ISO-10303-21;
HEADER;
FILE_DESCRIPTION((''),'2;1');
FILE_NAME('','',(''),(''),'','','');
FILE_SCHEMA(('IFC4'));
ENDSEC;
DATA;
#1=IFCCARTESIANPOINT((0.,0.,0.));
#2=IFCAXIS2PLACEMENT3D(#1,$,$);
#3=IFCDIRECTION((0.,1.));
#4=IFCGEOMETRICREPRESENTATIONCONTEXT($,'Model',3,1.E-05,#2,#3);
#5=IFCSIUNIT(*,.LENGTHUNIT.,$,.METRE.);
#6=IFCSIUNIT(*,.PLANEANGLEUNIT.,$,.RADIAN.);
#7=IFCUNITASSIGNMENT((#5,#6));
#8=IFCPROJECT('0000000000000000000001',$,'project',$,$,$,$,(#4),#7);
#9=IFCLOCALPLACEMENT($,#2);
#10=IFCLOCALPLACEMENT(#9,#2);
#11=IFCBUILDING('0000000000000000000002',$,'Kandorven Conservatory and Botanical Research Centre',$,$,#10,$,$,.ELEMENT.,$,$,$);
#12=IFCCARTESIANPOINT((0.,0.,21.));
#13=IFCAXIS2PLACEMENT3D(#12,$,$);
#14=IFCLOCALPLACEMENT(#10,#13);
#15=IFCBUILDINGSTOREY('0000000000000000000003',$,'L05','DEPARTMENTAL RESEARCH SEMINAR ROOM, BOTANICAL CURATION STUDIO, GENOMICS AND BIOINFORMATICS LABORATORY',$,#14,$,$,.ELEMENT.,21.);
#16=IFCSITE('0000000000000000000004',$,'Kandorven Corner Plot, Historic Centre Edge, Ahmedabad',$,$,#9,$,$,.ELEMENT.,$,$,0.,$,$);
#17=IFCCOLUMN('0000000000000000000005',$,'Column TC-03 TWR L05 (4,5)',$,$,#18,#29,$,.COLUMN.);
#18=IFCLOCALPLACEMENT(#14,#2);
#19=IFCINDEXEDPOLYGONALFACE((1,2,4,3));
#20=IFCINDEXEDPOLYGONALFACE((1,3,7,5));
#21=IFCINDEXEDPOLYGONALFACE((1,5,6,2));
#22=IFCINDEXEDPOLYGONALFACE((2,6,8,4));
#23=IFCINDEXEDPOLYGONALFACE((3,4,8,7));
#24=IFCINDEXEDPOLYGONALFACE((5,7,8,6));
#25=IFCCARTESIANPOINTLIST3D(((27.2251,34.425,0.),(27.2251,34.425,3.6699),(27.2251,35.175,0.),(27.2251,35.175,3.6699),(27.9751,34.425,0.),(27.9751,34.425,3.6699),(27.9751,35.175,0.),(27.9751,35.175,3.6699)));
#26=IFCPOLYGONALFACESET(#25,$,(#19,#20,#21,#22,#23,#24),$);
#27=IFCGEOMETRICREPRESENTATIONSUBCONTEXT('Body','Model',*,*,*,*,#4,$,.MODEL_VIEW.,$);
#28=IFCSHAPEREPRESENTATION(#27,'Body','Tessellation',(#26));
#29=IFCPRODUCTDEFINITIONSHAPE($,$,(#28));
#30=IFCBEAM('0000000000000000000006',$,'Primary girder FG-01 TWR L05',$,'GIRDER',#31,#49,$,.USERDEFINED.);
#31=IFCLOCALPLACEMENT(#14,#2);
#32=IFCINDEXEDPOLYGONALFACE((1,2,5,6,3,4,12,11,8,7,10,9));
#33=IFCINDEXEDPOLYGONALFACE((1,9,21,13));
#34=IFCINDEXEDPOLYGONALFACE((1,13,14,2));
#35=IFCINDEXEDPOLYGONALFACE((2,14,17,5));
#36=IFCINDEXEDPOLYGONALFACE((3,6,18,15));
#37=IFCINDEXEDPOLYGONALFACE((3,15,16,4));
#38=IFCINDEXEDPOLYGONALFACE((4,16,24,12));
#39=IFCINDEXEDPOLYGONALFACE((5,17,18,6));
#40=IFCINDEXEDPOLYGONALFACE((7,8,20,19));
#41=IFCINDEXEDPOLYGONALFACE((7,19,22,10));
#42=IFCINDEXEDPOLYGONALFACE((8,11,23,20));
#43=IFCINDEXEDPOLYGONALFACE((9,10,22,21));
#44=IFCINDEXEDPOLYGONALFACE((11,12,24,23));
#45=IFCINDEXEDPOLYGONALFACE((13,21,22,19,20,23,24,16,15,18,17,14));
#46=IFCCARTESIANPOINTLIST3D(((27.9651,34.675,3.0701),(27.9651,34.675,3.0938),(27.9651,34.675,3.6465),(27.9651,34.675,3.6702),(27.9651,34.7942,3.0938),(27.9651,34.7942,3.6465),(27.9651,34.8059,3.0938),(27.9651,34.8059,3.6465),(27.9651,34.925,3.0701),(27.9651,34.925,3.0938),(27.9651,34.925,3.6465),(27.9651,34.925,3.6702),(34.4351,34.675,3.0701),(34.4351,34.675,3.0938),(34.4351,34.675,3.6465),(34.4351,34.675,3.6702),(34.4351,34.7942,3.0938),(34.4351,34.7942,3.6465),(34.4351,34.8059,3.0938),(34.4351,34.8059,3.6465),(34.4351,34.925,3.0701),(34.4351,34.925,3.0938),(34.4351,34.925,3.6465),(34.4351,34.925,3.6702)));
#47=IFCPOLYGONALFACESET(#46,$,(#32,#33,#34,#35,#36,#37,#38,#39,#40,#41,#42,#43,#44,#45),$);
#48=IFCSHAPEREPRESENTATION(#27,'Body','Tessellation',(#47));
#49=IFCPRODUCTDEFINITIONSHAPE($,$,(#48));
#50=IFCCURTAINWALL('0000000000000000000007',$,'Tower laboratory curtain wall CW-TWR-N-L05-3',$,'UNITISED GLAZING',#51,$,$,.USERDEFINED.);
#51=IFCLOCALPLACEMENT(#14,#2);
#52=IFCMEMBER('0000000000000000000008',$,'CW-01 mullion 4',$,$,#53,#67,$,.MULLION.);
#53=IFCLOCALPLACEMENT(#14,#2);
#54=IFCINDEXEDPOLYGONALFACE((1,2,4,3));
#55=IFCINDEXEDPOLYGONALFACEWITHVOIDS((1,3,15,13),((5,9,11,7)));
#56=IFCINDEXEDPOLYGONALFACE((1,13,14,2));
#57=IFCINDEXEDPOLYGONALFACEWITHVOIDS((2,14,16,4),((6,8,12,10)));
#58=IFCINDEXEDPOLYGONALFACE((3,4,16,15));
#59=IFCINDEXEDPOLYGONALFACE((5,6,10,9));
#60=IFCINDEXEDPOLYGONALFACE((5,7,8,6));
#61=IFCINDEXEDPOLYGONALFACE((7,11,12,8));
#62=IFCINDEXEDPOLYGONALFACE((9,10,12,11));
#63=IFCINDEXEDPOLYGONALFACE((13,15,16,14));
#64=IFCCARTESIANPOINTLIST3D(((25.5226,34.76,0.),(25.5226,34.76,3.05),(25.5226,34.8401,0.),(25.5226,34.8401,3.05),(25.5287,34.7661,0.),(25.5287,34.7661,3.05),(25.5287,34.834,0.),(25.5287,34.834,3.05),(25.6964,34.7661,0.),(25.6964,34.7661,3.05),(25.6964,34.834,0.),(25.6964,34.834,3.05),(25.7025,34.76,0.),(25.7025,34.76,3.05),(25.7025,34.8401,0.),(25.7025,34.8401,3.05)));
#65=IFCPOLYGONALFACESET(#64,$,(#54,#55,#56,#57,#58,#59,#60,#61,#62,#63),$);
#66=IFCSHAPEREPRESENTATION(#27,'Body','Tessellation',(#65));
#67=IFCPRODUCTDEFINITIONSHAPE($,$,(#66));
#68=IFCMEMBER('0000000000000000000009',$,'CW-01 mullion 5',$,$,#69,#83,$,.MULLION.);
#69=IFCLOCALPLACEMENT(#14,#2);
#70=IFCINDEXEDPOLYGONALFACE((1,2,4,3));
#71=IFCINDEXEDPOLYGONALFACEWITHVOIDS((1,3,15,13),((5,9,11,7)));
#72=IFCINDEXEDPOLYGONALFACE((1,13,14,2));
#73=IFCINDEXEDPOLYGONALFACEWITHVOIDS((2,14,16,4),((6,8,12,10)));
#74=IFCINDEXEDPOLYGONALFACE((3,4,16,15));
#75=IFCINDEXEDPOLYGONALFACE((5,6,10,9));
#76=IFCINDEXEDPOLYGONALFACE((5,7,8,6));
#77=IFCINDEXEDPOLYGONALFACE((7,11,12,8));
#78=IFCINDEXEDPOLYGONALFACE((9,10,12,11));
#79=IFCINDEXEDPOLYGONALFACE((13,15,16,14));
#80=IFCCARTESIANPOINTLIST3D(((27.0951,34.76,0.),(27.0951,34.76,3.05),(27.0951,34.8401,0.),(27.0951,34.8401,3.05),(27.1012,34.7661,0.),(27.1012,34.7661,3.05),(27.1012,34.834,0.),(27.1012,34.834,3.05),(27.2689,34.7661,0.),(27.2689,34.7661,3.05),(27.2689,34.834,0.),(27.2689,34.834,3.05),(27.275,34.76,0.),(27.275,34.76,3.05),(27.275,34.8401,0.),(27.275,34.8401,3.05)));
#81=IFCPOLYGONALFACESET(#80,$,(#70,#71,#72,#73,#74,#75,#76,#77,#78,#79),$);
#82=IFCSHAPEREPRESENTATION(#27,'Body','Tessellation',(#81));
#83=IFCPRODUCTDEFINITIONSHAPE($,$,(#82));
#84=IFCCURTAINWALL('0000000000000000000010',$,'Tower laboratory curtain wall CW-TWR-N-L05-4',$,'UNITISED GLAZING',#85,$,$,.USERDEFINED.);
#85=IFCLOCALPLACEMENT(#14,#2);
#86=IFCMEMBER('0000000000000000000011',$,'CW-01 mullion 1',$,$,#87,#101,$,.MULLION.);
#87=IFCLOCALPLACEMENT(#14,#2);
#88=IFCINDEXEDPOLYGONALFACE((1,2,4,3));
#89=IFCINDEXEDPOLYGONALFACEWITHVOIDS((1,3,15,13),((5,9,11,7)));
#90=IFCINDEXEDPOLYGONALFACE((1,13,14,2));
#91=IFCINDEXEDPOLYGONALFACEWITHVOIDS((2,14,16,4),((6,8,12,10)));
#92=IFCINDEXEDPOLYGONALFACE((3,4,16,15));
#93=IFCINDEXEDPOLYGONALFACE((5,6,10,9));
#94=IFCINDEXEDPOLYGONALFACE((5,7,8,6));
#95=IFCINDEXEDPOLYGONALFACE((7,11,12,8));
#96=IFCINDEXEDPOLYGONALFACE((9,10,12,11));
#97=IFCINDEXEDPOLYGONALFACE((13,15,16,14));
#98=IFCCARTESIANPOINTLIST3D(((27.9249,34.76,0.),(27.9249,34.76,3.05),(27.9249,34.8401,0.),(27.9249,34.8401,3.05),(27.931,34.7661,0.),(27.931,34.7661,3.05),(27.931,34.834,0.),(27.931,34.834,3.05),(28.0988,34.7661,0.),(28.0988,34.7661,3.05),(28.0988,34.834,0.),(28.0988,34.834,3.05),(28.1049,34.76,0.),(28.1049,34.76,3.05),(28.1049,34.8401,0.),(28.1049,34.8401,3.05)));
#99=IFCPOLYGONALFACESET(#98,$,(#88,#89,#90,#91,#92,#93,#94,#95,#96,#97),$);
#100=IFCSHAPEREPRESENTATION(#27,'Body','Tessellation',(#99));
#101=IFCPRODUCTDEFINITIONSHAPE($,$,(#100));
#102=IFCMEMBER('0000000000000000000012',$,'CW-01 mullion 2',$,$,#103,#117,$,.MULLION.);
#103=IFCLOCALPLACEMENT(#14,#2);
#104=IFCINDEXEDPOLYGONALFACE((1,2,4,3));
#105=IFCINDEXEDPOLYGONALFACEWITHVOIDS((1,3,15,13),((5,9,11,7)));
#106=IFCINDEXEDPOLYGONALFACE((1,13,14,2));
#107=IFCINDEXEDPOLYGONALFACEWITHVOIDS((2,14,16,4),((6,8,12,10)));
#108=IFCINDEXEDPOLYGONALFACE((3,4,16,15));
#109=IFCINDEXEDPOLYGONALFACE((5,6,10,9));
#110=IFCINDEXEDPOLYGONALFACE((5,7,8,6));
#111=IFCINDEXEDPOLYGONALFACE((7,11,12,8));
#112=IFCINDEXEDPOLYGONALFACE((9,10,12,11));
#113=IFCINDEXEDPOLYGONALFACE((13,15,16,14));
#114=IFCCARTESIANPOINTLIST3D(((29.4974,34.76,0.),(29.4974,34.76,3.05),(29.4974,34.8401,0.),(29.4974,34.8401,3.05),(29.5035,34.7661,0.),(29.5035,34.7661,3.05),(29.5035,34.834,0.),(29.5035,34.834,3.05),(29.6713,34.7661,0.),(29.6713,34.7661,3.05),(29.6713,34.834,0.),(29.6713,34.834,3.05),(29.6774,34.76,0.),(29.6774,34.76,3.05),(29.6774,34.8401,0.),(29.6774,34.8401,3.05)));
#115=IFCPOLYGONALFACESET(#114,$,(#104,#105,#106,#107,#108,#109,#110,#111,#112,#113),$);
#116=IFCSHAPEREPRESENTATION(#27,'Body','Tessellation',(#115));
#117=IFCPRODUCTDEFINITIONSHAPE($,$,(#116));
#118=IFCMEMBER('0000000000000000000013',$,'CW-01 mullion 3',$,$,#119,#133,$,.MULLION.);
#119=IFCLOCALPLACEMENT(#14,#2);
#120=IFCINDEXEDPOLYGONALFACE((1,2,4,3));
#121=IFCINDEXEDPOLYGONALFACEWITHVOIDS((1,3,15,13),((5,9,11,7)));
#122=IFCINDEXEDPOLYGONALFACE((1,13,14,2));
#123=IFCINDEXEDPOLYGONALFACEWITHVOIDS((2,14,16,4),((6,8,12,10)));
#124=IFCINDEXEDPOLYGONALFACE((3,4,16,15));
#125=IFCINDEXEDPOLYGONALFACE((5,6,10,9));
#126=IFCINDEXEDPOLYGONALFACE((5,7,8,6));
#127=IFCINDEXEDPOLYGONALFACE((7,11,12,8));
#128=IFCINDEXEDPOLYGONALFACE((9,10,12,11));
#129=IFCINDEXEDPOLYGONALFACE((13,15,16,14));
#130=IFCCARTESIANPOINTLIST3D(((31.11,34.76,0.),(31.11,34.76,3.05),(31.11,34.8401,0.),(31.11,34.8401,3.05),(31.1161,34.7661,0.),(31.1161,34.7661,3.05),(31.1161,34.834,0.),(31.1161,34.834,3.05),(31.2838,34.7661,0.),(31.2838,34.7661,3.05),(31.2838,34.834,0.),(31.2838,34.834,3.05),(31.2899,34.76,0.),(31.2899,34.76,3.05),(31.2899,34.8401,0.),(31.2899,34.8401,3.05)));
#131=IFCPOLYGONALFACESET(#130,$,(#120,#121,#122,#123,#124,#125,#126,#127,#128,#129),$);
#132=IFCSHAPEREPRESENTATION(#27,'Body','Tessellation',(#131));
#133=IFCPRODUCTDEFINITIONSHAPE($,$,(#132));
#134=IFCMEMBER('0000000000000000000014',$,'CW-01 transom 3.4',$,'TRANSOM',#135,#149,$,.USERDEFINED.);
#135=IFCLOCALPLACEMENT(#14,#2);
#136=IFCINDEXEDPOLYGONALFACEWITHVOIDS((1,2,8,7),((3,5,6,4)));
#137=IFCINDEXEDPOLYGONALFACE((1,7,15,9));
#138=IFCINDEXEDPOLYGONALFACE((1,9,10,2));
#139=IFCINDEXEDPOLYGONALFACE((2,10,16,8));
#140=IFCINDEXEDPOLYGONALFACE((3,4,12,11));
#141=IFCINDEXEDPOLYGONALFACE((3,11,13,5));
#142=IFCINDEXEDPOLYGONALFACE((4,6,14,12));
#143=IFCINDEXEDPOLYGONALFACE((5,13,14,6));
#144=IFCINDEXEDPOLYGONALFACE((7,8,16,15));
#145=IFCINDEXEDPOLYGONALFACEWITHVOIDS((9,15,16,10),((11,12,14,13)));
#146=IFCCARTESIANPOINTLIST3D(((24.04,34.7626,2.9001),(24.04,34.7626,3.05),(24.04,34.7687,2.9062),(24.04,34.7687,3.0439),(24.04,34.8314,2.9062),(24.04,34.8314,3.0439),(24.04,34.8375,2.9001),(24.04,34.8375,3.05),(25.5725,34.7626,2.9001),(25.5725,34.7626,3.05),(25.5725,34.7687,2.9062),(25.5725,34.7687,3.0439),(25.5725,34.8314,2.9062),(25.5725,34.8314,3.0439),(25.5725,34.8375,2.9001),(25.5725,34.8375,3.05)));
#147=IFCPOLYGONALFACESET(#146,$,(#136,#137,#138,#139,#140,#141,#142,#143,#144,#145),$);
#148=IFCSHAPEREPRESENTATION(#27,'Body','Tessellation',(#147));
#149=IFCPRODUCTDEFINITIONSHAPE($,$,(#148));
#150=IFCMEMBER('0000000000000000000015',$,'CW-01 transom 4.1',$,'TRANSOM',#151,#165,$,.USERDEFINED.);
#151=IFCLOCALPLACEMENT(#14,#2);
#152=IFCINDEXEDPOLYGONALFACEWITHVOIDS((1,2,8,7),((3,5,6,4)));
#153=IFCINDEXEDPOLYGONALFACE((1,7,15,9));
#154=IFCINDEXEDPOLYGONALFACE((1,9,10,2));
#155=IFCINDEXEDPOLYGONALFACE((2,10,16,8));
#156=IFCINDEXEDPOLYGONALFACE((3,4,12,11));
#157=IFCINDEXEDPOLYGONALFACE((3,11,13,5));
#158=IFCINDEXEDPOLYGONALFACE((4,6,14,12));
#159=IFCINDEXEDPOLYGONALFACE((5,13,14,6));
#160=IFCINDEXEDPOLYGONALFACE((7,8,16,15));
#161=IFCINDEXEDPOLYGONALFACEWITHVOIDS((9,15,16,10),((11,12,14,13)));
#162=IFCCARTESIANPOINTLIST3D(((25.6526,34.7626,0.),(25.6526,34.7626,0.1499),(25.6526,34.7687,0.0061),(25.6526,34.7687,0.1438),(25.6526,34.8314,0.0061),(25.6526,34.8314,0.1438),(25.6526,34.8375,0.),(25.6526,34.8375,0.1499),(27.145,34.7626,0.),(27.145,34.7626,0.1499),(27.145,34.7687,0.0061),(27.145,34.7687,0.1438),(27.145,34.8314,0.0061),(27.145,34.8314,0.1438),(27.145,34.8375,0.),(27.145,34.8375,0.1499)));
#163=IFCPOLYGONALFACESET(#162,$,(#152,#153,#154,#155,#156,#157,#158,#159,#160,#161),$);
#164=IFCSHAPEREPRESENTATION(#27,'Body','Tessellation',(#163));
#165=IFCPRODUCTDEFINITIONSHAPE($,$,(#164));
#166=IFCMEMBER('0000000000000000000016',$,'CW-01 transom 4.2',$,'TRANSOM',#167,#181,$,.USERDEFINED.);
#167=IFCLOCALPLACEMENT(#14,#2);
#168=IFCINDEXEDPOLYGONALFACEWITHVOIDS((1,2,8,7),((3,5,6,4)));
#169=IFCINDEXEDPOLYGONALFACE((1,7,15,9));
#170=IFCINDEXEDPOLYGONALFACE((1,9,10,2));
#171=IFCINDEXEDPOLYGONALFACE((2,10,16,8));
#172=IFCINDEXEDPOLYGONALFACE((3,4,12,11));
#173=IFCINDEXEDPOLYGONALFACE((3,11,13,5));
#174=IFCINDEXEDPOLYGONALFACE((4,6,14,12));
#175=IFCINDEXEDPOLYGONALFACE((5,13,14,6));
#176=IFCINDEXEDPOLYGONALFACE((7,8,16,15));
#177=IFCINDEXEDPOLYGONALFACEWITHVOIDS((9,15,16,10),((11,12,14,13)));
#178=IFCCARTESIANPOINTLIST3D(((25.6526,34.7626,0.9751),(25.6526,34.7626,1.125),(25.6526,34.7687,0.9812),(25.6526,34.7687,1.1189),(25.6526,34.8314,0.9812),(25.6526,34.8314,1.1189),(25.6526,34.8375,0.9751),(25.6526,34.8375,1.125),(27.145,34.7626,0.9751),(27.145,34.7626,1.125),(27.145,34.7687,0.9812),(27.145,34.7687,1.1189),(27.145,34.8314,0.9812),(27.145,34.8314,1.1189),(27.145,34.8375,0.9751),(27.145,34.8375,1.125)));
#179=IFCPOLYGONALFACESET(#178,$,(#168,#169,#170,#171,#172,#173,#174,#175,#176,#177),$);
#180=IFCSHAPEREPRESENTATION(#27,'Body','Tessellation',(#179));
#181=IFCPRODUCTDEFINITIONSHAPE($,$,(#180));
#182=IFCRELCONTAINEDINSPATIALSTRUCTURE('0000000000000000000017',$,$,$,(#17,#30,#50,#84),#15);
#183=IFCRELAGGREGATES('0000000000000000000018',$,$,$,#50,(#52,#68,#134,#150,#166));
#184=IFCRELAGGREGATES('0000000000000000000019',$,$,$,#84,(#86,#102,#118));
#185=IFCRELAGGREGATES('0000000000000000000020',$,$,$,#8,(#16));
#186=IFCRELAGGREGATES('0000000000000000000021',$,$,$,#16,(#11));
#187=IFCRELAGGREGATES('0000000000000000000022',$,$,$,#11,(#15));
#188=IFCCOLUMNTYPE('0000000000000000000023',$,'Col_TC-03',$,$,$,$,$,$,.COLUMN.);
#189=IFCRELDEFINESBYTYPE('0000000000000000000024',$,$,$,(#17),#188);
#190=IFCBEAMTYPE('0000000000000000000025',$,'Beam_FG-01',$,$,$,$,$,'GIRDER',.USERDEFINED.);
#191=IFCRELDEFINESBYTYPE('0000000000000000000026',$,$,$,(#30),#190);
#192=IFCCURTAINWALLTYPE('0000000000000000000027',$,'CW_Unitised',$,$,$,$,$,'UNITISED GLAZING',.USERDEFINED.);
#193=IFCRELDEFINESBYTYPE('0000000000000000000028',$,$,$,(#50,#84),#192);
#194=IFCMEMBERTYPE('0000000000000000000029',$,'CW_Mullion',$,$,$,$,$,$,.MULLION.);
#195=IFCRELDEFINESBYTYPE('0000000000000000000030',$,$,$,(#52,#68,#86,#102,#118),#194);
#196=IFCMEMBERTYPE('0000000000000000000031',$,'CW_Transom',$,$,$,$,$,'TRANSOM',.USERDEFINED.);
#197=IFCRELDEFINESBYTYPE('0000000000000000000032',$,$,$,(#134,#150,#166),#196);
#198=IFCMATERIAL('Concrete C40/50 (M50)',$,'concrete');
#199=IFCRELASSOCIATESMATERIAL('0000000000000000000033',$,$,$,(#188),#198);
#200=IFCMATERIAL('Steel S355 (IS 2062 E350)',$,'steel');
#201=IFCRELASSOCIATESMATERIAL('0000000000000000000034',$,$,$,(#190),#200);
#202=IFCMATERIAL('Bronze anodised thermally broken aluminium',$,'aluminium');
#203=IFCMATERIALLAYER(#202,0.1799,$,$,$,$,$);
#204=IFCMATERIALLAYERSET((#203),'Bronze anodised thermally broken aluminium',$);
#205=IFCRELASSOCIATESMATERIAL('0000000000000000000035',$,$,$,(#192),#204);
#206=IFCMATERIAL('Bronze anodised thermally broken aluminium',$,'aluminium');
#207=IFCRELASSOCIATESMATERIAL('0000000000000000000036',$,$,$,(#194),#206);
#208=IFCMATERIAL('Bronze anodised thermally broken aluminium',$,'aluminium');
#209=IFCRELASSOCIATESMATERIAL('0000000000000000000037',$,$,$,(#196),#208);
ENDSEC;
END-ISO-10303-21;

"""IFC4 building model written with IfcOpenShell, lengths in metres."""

from ifc_helpers import new_model, si_unit, direction, frame, origin, origin_2d, place, context, subcontext, project, spatial, rectangle, hollow_rectangle, i_section, extrude, material, layer, layer_set, material_profile, profile_set, type_object, element, aggregate, save


model = new_model("IFC4")

# Units and contexts
model_context = context("Model", 3, precision=1e-05, world=origin(), true_north=direction((0.0, 1.0)))
body_context = subcontext(model_context, "Body", "Model", "MODEL_VIEW")
ifc_project = project(units=[si_unit("LENGTHUNIT", "METRE"), si_unit("PLANEANGLEUNIT", "RADIAN")], contexts=[model_context])

# Site, building, storey
site_placement = place(None, origin())
site = spatial("IfcSite", under=ifc_project, at=site_placement, Name="Kandorven Corner Plot, Historic Centre Edge, Ahmedabad", CompositionType="ELEMENT", RefElevation=0.0)
building_placement = place(site_placement, origin())
building = spatial("IfcBuilding", under=site, at=building_placement, Name="Kandorven Conservatory and Botanical Research Centre", CompositionType="ELEMENT")
storey_placement = place(building_placement, frame((0.0, 0.0, 21.0)))
storey = spatial("IfcBuildingStorey", under=building, at=storey_placement, Name="L05", Description="DEPARTMENTAL RESEARCH SEMINAR ROOM, BOTANICAL CURATION STUDIO, GENOMICS AND BIOINFORMATICS LABORATORY", CompositionType="ELEMENT", Elevation=21.0)

# Column
ifc_material_1 = material(Name="Concrete C40/50 (M50)", Category="concrete")
ifc_material_profile_1 = material_profile(ifc_material_1, rectangle(XDim=0.75, YDim=0.75, at=origin_2d()))
ifc_profile_set_1 = profile_set([ifc_material_profile_1], Name="Concrete C40/50 (M50)")
column_type = type_object("IfcColumnType", Name="Col_TC-03", PredefinedType="COLUMN", material=ifc_profile_set_1)
column_placement = place(storey_placement, frame((27.6001, 34.8, 0.0), z_axis=(0.0, 0.0, 1.0), x_axis=(1.0, 0.0, 0.0)))
element("IfcColumn", 1, at=column_placement, inside=storey, type_object=column_type, Name="Column TC-03 TWR L05 (4,5)", PredefinedType="COLUMN", context=body_context, shape_type="SweptSolid", body=[
    extrude(rectangle(XDim=0.75, YDim=0.75, at=origin_2d()), origin(), (0.0, 0.0, 1.0), 3.6699),
])

# Beam
ifc_material_2 = material(Name="Steel S355 (IS 2062 E350)", Category="steel")
ifc_material_profile_2 = material_profile(ifc_material_2, i_section(OverallWidth=0.25, OverallDepth=0.6001, WebThickness=0.0117, FlangeThickness=0.0237, at=origin_2d()))
ifc_profile_set_2 = profile_set([ifc_material_profile_2], Name="Steel S355 (IS 2062 E350)")
beam_type = type_object("IfcBeamType", Name="Beam_FG-01", ElementType="GIRDER", PredefinedType="USERDEFINED", material=ifc_profile_set_2)
beam_placement = place(storey_placement, frame((27.9651, 34.8, 3.3701), z_axis=(1.0, 0.0, 0.0), x_axis=(0.0, 1.0, 0.0)))
element("IfcBeam", 2, at=beam_placement, inside=storey, type_object=beam_type, Name="Primary girder FG-01 TWR L05", ObjectType="GIRDER", PredefinedType="USERDEFINED", context=body_context, shape_type="SweptSolid", body=[
    extrude(i_section(OverallWidth=0.25, OverallDepth=0.6001, WebThickness=0.0117, FlangeThickness=0.0237, at=origin_2d()), origin(), (0.0, 0.0, 1.0), 6.47),
])

# Curtain walls, members
ifc_material_3 = material(Name="Bronze anodised thermally broken aluminium", Category="aluminium")
ifc_layer_1 = layer(ifc_material_3, 0.1799)
ifc_layer_set_1 = layer_set([ifc_layer_1], Name="Bronze anodised thermally broken aluminium")
curtain_wall_type = type_object("IfcCurtainWallType", Name="CW_Unitised", ElementType="UNITISED GLAZING", PredefinedType="USERDEFINED", material=ifc_layer_set_1)
curtain_wall_1_placement = place(storey_placement, origin())
curtain_wall_1 = element("IfcCurtainWall", 3, at=curtain_wall_1_placement, inside=storey, type_object=curtain_wall_type, Name="Tower laboratory curtain wall CW-TWR-N-L05-3", ObjectType="UNITISED GLAZING", PredefinedType="USERDEFINED")
ifc_material_4 = material(Name="Bronze anodised thermally broken aluminium", Category="aluminium")
ifc_material_profile_3 = material_profile(ifc_material_4, hollow_rectangle(XDim=0.0801, YDim=0.1799, WallThickness=0.0061, at=origin_2d()))
ifc_profile_set_3 = profile_set([ifc_material_profile_3], Name="Bronze anodised thermally broken aluminium")
member_type_1 = type_object("IfcMemberType", Name="CW_Mullion", PredefinedType="MULLION", material=ifc_profile_set_3)
member_1_placement = place(storey_placement, frame((25.6125, 34.8, 0.0), z_axis=(0.0, 0.0, 1.0), x_axis=(0.0, 1.0, 0.0)))
member_1 = element("IfcMember", 4, at=member_1_placement, type_object=member_type_1, Name="CW-01 mullion 4", PredefinedType="MULLION", context=body_context, shape_type="SweptSolid", body=[
    extrude(hollow_rectangle(XDim=0.0801, YDim=0.1799, WallThickness=0.0061, at=origin_2d()), origin(), (0.0, 0.0, 1.0), 3.05),
])
member_2_placement = place(storey_placement, frame((27.1851, 34.8, 0.0), z_axis=(0.0, 0.0, 1.0), x_axis=(0.0, 1.0, 0.0)))
member_2 = element("IfcMember", 5, at=member_2_placement, type_object=member_type_1, Name="CW-01 mullion 5", PredefinedType="MULLION", context=body_context, shape_type="SweptSolid", body=[
    extrude(hollow_rectangle(XDim=0.0801, YDim=0.1799, WallThickness=0.0061, at=origin_2d()), origin(), (0.0, 0.0, 1.0), 3.05),
])
curtain_wall_2_placement = place(storey_placement, origin())
curtain_wall_2 = element("IfcCurtainWall", 6, at=curtain_wall_2_placement, inside=storey, type_object=curtain_wall_type, Name="Tower laboratory curtain wall CW-TWR-N-L05-4", ObjectType="UNITISED GLAZING", PredefinedType="USERDEFINED")
member_3_placement = place(storey_placement, frame((28.0149, 34.8, 0.0), z_axis=(0.0, 0.0, 1.0), x_axis=(0.0, 1.0, 0.0)))
member_3 = element("IfcMember", 7, at=member_3_placement, type_object=member_type_1, Name="CW-01 mullion 1", PredefinedType="MULLION", context=body_context, shape_type="SweptSolid", body=[
    extrude(hollow_rectangle(XDim=0.0801, YDim=0.1799, WallThickness=0.0061, at=origin_2d()), origin(), (0.0, 0.0, 1.0), 3.05),
])
member_4_placement = place(storey_placement, frame((29.5874, 34.8, 0.0), z_axis=(0.0, 0.0, 1.0), x_axis=(0.0, 1.0, 0.0)))
member_4 = element("IfcMember", 8, at=member_4_placement, type_object=member_type_1, Name="CW-01 mullion 2", PredefinedType="MULLION", context=body_context, shape_type="SweptSolid", body=[
    extrude(hollow_rectangle(XDim=0.0801, YDim=0.1799, WallThickness=0.0061, at=origin_2d()), origin(), (0.0, 0.0, 1.0), 3.05),
])
member_5_placement = place(storey_placement, frame((31.2, 34.8, 0.0), z_axis=(0.0, 0.0, 1.0), x_axis=(0.0, 1.0, 0.0)))
member_5 = element("IfcMember", 9, at=member_5_placement, type_object=member_type_1, Name="CW-01 mullion 3", PredefinedType="MULLION", context=body_context, shape_type="SweptSolid", body=[
    extrude(hollow_rectangle(XDim=0.0801, YDim=0.1799, WallThickness=0.0061, at=origin_2d()), origin(), (0.0, 0.0, 1.0), 3.05),
])

# Members
ifc_material_5 = material(Name="Bronze anodised thermally broken aluminium", Category="aluminium")
ifc_material_profile_4 = material_profile(ifc_material_5, hollow_rectangle(XDim=0.075, YDim=0.1499, WallThickness=0.0061, at=origin_2d()))
ifc_profile_set_4 = profile_set([ifc_material_profile_4], Name="Bronze anodised thermally broken aluminium")
member_type_2 = type_object("IfcMemberType", Name="CW_Transom", ElementType="TRANSOM", PredefinedType="USERDEFINED", material=ifc_profile_set_4)
member_6_placement = place(storey_placement, frame((24.04, 34.8, 2.9751), z_axis=(1.0, 0.0, 0.0), x_axis=(0.0, 1.0, 0.0)))
member_6 = element("IfcMember", 10, at=member_6_placement, type_object=member_type_2, Name="CW-01 transom 3.4", ObjectType="TRANSOM", PredefinedType="USERDEFINED", context=body_context, shape_type="SweptSolid", body=[
    extrude(hollow_rectangle(XDim=0.075, YDim=0.1499, WallThickness=0.0061, at=origin_2d()), origin(), (0.0, 0.0, 1.0), 1.5325),
])
member_7_placement = place(storey_placement, frame((25.6526, 34.8, 0.075), z_axis=(1.0, 0.0, 0.0), x_axis=(0.0, 1.0, 0.0)))
member_7 = element("IfcMember", 11, at=member_7_placement, type_object=member_type_2, Name="CW-01 transom 4.1", ObjectType="TRANSOM", PredefinedType="USERDEFINED", context=body_context, shape_type="SweptSolid", body=[
    extrude(hollow_rectangle(XDim=0.075, YDim=0.1499, WallThickness=0.0061, at=origin_2d()), origin(), (0.0, 0.0, 1.0), 1.4924),
])
member_8_placement = place(storey_placement, frame((25.6526, 34.8, 1.05), z_axis=(1.0, 0.0, 0.0), x_axis=(0.0, 1.0, 0.0)))
member_8 = element("IfcMember", 12, at=member_8_placement, type_object=member_type_2, Name="CW-01 transom 4.2", ObjectType="TRANSOM", PredefinedType="USERDEFINED", context=body_context, shape_type="SweptSolid", body=[
    extrude(hollow_rectangle(XDim=0.075, YDim=0.1499, WallThickness=0.0061, at=origin_2d()), origin(), (0.0, 0.0, 1.0), 1.4924),
])

aggregate(curtain_wall_1, [member_1, member_2, member_6, member_7, member_8])
aggregate(curtain_wall_2, [member_3, member_4, member_5])

save(model, "model.ifc")
